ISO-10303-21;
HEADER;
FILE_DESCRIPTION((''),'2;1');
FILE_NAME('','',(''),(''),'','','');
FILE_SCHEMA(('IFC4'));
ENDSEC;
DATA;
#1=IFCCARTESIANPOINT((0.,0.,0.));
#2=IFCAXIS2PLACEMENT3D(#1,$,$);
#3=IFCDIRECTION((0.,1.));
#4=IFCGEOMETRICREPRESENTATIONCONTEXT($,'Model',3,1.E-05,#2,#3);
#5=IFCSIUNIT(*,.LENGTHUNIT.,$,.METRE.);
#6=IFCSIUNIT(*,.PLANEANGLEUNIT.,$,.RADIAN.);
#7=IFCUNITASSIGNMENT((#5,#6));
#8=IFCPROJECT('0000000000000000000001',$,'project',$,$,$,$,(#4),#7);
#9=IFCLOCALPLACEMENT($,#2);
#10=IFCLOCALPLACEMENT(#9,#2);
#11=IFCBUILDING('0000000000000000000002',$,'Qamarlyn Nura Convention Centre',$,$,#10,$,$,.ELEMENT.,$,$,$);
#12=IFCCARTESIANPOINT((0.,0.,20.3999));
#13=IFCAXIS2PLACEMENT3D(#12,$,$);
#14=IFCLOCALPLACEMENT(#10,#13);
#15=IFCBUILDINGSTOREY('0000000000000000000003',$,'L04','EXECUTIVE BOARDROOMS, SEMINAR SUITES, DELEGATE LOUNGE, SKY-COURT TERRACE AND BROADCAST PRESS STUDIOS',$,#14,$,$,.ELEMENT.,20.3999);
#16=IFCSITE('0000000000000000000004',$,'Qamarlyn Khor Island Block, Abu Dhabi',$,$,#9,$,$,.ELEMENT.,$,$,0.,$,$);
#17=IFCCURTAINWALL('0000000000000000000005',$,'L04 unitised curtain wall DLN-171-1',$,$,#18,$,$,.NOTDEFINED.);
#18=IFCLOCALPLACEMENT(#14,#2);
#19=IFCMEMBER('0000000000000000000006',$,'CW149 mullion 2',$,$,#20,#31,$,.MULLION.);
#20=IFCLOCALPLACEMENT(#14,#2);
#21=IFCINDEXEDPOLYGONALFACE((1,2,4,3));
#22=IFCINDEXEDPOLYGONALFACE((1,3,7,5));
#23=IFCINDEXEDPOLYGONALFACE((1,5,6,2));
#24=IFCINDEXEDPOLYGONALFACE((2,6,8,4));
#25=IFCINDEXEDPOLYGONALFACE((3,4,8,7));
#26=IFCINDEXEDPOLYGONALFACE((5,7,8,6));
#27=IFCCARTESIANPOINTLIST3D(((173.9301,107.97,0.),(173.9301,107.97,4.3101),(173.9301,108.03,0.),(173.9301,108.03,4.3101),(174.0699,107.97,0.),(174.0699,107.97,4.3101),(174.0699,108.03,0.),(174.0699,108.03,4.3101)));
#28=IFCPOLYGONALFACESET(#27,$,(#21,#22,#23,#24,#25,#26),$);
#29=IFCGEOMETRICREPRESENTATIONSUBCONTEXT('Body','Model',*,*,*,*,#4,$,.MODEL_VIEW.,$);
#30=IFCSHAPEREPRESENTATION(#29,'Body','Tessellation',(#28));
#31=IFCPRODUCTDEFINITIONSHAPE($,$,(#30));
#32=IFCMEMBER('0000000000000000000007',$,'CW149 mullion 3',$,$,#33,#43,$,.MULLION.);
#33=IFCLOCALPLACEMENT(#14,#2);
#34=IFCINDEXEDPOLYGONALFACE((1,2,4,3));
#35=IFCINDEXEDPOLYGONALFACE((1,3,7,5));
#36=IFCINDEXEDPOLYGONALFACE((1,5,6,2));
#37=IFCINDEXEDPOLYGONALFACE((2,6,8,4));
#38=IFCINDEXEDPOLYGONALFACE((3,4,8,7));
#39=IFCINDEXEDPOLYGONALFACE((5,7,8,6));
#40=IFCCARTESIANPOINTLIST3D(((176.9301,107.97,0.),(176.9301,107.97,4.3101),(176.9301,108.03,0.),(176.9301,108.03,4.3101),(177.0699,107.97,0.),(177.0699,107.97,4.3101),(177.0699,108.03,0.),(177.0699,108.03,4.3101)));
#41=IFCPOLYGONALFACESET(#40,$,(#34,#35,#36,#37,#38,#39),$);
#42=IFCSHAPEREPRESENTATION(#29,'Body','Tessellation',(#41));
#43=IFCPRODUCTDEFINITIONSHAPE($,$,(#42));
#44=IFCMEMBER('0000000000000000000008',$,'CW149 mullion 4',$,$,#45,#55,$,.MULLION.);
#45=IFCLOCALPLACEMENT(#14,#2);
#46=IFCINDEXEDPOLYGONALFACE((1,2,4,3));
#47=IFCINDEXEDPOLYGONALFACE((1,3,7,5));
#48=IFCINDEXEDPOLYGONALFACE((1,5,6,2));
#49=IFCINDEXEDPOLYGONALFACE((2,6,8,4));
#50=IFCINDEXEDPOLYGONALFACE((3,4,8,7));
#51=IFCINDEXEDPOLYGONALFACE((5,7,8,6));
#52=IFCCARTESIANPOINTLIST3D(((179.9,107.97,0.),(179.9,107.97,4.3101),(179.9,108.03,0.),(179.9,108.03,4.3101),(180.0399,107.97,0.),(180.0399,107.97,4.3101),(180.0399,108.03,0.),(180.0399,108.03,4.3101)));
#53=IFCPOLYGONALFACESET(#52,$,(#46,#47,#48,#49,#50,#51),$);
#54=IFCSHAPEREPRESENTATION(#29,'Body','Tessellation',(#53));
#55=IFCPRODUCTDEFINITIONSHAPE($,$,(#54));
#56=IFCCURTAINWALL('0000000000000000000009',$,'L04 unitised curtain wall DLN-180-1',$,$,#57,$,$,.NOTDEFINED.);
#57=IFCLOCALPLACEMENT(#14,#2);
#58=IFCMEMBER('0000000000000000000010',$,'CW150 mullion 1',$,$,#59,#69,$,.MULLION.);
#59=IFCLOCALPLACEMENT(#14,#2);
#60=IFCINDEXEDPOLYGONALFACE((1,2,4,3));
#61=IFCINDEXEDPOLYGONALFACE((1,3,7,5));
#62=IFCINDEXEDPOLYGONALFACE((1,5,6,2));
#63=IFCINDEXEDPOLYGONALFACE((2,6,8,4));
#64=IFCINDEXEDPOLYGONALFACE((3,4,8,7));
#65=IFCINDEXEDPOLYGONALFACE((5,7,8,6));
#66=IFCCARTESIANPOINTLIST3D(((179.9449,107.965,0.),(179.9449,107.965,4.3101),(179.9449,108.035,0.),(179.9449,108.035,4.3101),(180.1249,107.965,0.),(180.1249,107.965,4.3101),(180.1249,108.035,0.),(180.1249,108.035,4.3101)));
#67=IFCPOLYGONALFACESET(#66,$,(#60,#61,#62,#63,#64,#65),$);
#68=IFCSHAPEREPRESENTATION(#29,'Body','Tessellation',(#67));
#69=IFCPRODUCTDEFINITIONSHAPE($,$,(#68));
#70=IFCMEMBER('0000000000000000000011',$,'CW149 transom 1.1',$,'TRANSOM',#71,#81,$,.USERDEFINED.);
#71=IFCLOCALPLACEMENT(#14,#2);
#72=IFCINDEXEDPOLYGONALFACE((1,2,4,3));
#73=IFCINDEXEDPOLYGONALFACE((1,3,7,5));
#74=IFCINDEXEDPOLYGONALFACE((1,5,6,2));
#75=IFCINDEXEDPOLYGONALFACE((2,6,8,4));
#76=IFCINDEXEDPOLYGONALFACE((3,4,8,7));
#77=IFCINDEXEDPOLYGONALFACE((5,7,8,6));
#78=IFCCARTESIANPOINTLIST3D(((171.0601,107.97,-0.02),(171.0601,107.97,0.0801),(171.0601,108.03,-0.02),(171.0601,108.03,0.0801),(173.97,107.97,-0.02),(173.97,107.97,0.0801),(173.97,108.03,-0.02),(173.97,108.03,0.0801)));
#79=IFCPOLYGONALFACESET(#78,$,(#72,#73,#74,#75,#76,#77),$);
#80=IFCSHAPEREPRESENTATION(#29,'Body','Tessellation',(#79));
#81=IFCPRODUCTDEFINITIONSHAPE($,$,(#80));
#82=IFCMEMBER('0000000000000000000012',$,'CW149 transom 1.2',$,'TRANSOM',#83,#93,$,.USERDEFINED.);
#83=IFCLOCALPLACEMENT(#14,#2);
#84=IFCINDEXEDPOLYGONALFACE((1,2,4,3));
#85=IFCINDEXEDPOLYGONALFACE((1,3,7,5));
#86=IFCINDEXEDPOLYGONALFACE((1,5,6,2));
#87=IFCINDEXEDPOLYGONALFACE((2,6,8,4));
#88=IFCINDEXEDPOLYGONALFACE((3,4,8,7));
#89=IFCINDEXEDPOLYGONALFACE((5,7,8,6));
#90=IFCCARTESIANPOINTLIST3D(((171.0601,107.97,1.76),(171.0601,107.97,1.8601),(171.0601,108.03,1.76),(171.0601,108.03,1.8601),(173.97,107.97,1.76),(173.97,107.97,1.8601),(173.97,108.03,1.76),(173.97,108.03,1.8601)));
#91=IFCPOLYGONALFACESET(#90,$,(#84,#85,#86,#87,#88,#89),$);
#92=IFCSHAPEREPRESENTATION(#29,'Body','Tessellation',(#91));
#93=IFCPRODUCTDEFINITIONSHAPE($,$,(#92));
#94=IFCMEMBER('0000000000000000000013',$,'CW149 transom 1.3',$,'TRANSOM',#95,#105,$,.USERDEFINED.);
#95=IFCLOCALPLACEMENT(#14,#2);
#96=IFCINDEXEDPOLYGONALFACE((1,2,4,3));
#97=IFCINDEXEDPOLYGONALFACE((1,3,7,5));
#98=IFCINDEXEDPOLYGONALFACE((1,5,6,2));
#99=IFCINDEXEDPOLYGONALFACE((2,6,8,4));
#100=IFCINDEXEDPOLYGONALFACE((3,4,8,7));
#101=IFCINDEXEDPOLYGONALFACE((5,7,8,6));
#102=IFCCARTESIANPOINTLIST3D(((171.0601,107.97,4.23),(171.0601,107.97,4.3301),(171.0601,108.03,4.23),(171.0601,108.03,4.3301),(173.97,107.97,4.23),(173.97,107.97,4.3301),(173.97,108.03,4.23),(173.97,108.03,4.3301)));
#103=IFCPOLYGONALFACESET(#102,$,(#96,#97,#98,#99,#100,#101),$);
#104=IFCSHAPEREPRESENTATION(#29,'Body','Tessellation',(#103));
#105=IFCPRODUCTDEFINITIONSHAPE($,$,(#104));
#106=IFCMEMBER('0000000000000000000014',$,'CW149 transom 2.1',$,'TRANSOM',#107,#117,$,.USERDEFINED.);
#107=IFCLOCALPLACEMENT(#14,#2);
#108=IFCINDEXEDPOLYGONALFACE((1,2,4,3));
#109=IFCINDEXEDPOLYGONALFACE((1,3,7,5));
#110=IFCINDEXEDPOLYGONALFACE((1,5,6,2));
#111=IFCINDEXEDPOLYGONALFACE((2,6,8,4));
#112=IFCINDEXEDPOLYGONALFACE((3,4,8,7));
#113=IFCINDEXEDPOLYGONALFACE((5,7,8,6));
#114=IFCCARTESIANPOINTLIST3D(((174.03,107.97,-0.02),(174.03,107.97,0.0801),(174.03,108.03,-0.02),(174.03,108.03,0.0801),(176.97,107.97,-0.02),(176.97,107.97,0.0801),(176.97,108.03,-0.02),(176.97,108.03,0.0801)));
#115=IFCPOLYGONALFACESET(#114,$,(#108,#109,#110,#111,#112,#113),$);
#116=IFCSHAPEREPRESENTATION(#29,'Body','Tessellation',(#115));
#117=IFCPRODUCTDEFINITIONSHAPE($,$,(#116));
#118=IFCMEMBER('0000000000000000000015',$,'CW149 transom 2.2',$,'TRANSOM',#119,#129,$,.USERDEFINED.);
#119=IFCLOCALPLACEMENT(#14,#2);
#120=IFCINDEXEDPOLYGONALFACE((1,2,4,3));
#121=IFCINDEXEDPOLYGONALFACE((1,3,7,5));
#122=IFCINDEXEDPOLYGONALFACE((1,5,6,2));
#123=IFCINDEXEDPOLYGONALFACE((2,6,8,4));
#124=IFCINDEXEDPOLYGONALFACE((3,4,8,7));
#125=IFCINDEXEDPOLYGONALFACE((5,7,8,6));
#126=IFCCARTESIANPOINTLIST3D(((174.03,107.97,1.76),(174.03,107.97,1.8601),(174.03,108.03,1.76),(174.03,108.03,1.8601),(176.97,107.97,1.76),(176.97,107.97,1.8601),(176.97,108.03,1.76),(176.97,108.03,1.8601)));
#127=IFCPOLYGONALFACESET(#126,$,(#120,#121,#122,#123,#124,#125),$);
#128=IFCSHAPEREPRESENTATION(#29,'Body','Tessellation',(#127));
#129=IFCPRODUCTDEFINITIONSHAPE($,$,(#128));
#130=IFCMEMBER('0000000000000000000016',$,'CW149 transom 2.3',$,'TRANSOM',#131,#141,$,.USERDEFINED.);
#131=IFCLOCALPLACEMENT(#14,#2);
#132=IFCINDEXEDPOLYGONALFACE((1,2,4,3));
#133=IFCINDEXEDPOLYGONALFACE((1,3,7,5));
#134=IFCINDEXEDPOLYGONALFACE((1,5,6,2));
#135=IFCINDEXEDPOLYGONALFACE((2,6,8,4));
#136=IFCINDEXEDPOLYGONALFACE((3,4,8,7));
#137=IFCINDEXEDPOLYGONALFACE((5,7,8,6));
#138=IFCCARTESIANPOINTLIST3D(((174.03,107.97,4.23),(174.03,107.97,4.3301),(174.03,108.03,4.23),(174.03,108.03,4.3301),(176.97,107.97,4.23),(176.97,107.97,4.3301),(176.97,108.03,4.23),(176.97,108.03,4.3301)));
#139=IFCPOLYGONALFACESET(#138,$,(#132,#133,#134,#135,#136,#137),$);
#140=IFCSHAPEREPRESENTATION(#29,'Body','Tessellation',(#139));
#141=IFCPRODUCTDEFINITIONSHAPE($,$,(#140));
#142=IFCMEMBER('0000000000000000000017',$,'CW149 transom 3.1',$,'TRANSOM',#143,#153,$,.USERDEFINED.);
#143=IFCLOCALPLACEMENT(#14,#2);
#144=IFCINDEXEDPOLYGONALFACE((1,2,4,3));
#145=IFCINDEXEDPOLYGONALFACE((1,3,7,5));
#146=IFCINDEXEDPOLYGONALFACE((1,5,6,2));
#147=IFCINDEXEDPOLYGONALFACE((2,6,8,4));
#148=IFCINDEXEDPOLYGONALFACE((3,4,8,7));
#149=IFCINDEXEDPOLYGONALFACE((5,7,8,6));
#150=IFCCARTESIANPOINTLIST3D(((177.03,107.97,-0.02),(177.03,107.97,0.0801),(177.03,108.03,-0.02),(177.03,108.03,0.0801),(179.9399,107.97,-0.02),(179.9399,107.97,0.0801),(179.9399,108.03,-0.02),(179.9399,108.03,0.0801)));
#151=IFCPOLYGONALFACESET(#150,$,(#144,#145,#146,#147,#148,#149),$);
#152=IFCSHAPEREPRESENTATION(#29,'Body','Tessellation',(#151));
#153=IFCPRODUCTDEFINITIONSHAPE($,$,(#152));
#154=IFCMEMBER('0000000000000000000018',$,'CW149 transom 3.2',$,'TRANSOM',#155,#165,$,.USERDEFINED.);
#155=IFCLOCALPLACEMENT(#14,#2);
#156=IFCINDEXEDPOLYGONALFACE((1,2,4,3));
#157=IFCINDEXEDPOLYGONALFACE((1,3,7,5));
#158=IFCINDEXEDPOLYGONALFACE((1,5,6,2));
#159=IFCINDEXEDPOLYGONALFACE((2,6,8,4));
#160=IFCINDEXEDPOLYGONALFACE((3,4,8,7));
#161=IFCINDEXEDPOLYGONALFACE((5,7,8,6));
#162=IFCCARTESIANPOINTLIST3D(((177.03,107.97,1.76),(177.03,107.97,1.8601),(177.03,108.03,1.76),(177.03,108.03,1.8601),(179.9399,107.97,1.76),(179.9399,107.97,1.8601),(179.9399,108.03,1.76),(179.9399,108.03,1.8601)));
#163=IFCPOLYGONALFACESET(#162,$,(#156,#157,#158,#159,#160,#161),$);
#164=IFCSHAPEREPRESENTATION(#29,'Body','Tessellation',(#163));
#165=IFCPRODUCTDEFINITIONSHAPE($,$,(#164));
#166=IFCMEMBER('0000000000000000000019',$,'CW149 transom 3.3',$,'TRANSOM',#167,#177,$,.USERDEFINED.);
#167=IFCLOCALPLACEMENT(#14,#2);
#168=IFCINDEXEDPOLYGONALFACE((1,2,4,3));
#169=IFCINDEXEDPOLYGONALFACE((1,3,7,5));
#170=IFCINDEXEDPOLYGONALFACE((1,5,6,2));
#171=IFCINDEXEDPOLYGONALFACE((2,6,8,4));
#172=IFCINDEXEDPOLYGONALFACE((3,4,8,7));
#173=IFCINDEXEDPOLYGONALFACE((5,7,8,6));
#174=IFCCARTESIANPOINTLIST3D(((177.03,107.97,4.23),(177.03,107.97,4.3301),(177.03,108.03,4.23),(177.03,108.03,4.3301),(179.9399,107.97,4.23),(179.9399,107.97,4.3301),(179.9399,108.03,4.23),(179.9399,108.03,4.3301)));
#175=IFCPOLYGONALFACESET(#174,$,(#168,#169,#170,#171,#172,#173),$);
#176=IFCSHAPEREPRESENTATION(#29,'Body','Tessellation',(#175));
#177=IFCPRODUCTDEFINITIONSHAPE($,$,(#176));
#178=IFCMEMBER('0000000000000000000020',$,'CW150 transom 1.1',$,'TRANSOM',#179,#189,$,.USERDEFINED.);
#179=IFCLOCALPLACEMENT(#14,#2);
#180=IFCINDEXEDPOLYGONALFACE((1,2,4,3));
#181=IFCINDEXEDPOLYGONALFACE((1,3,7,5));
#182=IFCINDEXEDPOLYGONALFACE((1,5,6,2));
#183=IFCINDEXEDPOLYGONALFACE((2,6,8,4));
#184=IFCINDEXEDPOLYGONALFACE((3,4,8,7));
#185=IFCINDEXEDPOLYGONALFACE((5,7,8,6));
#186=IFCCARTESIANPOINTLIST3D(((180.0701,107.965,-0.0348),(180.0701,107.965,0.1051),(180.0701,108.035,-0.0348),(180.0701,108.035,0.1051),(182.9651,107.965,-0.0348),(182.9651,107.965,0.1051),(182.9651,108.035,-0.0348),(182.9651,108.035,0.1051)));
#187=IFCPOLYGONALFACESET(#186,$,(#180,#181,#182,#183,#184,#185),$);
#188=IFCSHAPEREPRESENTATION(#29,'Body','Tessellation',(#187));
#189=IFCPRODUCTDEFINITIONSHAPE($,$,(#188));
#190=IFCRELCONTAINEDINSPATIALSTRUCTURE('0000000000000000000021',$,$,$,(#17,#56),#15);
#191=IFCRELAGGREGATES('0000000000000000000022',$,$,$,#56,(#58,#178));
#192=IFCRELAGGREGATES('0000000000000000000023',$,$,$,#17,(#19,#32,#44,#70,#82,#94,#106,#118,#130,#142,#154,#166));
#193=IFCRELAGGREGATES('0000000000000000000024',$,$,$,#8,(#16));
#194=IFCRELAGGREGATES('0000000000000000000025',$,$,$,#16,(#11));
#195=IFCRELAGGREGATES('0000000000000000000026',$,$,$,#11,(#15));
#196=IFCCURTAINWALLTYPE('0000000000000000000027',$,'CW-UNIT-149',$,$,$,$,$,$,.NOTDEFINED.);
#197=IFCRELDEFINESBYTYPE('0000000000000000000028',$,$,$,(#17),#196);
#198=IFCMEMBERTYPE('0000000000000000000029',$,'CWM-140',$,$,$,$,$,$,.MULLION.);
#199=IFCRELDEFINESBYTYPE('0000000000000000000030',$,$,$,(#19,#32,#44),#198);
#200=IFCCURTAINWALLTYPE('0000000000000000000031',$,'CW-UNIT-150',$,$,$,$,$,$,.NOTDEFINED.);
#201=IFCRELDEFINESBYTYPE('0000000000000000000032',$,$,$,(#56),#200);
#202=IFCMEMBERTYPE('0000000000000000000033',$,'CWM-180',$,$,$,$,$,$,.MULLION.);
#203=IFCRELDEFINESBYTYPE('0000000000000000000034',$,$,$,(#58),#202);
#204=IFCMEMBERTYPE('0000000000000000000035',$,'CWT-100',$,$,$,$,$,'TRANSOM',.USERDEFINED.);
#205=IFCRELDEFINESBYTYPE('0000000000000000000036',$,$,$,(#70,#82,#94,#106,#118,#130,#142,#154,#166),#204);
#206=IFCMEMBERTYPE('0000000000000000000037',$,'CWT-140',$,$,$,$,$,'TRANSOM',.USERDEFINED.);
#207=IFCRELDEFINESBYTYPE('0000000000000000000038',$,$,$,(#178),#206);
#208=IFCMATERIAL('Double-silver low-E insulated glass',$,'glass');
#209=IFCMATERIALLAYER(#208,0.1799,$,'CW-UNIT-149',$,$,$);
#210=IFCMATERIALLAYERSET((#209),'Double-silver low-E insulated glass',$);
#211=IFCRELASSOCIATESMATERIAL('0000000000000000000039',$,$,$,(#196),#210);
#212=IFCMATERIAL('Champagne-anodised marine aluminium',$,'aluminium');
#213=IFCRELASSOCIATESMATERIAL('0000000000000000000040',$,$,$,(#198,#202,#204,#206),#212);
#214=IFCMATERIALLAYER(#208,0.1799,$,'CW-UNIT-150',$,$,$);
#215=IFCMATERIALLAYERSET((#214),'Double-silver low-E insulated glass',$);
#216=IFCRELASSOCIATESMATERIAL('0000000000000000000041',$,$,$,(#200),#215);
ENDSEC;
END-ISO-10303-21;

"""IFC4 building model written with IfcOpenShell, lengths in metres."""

from ifc_helpers import new_model, si_unit, direction, frame, origin, origin_2d, place, context, subcontext, project, spatial, rectangle, extrude, material, layer, layer_set, material_profile, profile_set, type_object, element, aggregate, save


model = new_model("IFC4")

# Units and contexts
model_context = context("Model", 3, precision=1e-05, world=origin(), true_north=direction((0.0, 1.0)))
body_context = subcontext(model_context, "Body", "Model", "MODEL_VIEW")
ifc_project = project(units=[si_unit("LENGTHUNIT", "METRE"), si_unit("PLANEANGLEUNIT", "RADIAN")], contexts=[model_context])

# Site, building, storey
site_placement = place(None, origin())
site = spatial("IfcSite", under=ifc_project, at=site_placement, Name="Qamarlyn Khor Island Block, Abu Dhabi", CompositionType="ELEMENT", RefElevation=0.0)
building_placement = place(site_placement, origin())
building = spatial("IfcBuilding", under=site, at=building_placement, Name="Qamarlyn Nura Convention Centre", CompositionType="ELEMENT")
storey_placement = place(building_placement, frame((0.0, 0.0, 20.3999)))
storey = spatial("IfcBuildingStorey", under=building, at=storey_placement, Name="L04", Description="EXECUTIVE BOARDROOMS, SEMINAR SUITES, DELEGATE LOUNGE, SKY-COURT TERRACE AND BROADCAST PRESS STUDIOS", CompositionType="ELEMENT", Elevation=20.3999)

# Curtain wall, members
ifc_material_1 = material(Name="Double-silver low-E insulated glass", Category="glass")
ifc_layer_1 = layer(ifc_material_1, 0.1799, Name="CW-UNIT-149")
ifc_layer_set_1 = layer_set([ifc_layer_1], Name="Double-silver low-E insulated glass")
curtain_wall_type_1 = type_object("IfcCurtainWallType", Name="CW-UNIT-149", PredefinedType="NOTDEFINED", material=ifc_layer_set_1)
curtain_wall_1_placement = place(storey_placement, origin())
curtain_wall_1 = element("IfcCurtainWall", 1, at=curtain_wall_1_placement, inside=storey, type_object=curtain_wall_type_1, Name="L04 unitised curtain wall DLN-171-1", PredefinedType="NOTDEFINED")
ifc_material_2 = material(Name="Champagne-anodised marine aluminium", Category="aluminium")
ifc_material_profile_1 = material_profile(ifc_material_2, rectangle(XDim=0.0601, YDim=0.1399, at=origin_2d()), Name="ALU MULLION 60x140")
ifc_profile_set_1 = profile_set([ifc_material_profile_1], Name="Champagne-anodised marine aluminium")
member_type_1 = type_object("IfcMemberType", Name="CWM-140", PredefinedType="MULLION", material=ifc_profile_set_1)
member_1_placement = place(storey_placement, frame((174.0, 108.0, 0.0), z_axis=(0.0, 0.0, 1.0), x_axis=(0.0, 1.0, 0.0)))
member_1 = element("IfcMember", 2, at=member_1_placement, type_object=member_type_1, Name="CW149 mullion 2", PredefinedType="MULLION", context=body_context, shape_type="SweptSolid", body=[
    extrude(rectangle(XDim=0.0601, YDim=0.1399, at=origin_2d()), origin(), (0.0, 0.0, 1.0), 4.3101),
])
member_2_placement = place(storey_placement, frame((177.0, 108.0, 0.0), z_axis=(0.0, 0.0, 1.0), x_axis=(0.0, 1.0, 0.0)))
member_2 = element("IfcMember", 3, at=member_2_placement, type_object=member_type_1, Name="CW149 mullion 3", PredefinedType="MULLION", context=body_context, shape_type="SweptSolid", body=[
    extrude(rectangle(XDim=0.0601, YDim=0.1399, at=origin_2d()), origin(), (0.0, 0.0, 1.0), 4.3101),
])
member_3_placement = place(storey_placement, frame((179.97, 108.0, 0.0), z_axis=(0.0, 0.0, 1.0), x_axis=(0.0, 1.0, 0.0)))
member_3 = element("IfcMember", 4, at=member_3_placement, type_object=member_type_1, Name="CW149 mullion 4", PredefinedType="MULLION", context=body_context, shape_type="SweptSolid", body=[
    extrude(rectangle(XDim=0.0601, YDim=0.1399, at=origin_2d()), origin(), (0.0, 0.0, 1.0), 4.3101),
])

# Curtain wall, member
ifc_layer_2 = layer(ifc_material_1, 0.1799, Name="CW-UNIT-150")
ifc_layer_set_2 = layer_set([ifc_layer_2], Name="Double-silver low-E insulated glass")
curtain_wall_type_2 = type_object("IfcCurtainWallType", Name="CW-UNIT-150", PredefinedType="NOTDEFINED", material=ifc_layer_set_2)
curtain_wall_2_placement = place(storey_placement, origin())
curtain_wall_2 = element("IfcCurtainWall", 5, at=curtain_wall_2_placement, inside=storey, type_object=curtain_wall_type_2, Name="L04 unitised curtain wall DLN-180-1", PredefinedType="NOTDEFINED")
ifc_material_profile_2 = material_profile(ifc_material_2, rectangle(XDim=0.0701, YDim=0.1799, at=origin_2d()), Name="ALU MULLION 70x180")
ifc_profile_set_2 = profile_set([ifc_material_profile_2], Name="Champagne-anodised marine aluminium")
member_type_2 = type_object("IfcMemberType", Name="CWM-180", PredefinedType="MULLION", material=ifc_profile_set_2)
member_4_placement = place(storey_placement, frame((180.0349, 108.0, 0.0), z_axis=(0.0, 0.0, 1.0), x_axis=(0.0, 1.0, 0.0)))
member_4 = element("IfcMember", 6, at=member_4_placement, type_object=member_type_2, Name="CW150 mullion 1", PredefinedType="MULLION", context=body_context, shape_type="SweptSolid", body=[
    extrude(rectangle(XDim=0.0701, YDim=0.1799, at=origin_2d()), origin(), (0.0, 0.0, 1.0), 4.3101),
])

# Members
ifc_material_profile_3 = material_profile(ifc_material_2, rectangle(XDim=0.0601, YDim=0.1001, at=origin_2d()), Name="ALU TRANSOM 60x100")
ifc_profile_set_3 = profile_set([ifc_material_profile_3], Name="Champagne-anodised marine aluminium")
member_type_3 = type_object("IfcMemberType", Name="CWT-100", ElementType="TRANSOM", PredefinedType="USERDEFINED", material=ifc_profile_set_3)
member_5_placement = place(storey_placement, frame((171.0601, 108.0, 0.03), z_axis=(1.0, 0.0, 0.0), x_axis=(0.0, 1.0, 0.0)))
member_5 = element("IfcMember", 7, at=member_5_placement, type_object=member_type_3, Name="CW149 transom 1.1", ObjectType="TRANSOM", PredefinedType="USERDEFINED", context=body_context, shape_type="SweptSolid", body=[
    extrude(rectangle(XDim=0.0601, YDim=0.1001, at=origin_2d()), origin(), (0.0, 0.0, 1.0), 2.9099),
])
member_6_placement = place(storey_placement, frame((171.0601, 108.0, 1.8101), z_axis=(1.0, 0.0, 0.0), x_axis=(0.0, 1.0, 0.0)))
member_6 = element("IfcMember", 8, at=member_6_placement, type_object=member_type_3, Name="CW149 transom 1.2", ObjectType="TRANSOM", PredefinedType="USERDEFINED", context=body_context, shape_type="SweptSolid", body=[
    extrude(rectangle(XDim=0.0601, YDim=0.1001, at=origin_2d()), origin(), (0.0, 0.0, 1.0), 2.9099),
])
member_7_placement = place(storey_placement, frame((171.0601, 108.0, 4.28), z_axis=(1.0, 0.0, 0.0), x_axis=(0.0, 1.0, 0.0)))
member_7 = element("IfcMember", 9, at=member_7_placement, type_object=member_type_3, Name="CW149 transom 1.3", ObjectType="TRANSOM", PredefinedType="USERDEFINED", context=body_context, shape_type="SweptSolid", body=[
    extrude(rectangle(XDim=0.0601, YDim=0.1001, at=origin_2d()), origin(), (0.0, 0.0, 1.0), 2.9099),
])
member_8_placement = place(storey_placement, frame((174.03, 108.0, 0.03), z_axis=(1.0, 0.0, 0.0), x_axis=(0.0, 1.0, 0.0)))
member_8 = element("IfcMember", 10, at=member_8_placement, type_object=member_type_3, Name="CW149 transom 2.1", ObjectType="TRANSOM", PredefinedType="USERDEFINED", context=body_context, shape_type="SweptSolid", body=[
    extrude(rectangle(XDim=0.0601, YDim=0.1001, at=origin_2d()), origin(), (0.0, 0.0, 1.0), 2.9399),
])
member_9_placement = place(storey_placement, frame((174.03, 108.0, 1.8101), z_axis=(1.0, 0.0, 0.0), x_axis=(0.0, 1.0, 0.0)))
member_9 = element("IfcMember", 11, at=member_9_placement, type_object=member_type_3, Name="CW149 transom 2.2", ObjectType="TRANSOM", PredefinedType="USERDEFINED", context=body_context, shape_type="SweptSolid", body=[
    extrude(rectangle(XDim=0.0601, YDim=0.1001, at=origin_2d()), origin(), (0.0, 0.0, 1.0), 2.9399),
])
member_10_placement = place(storey_placement, frame((174.03, 108.0, 4.28), z_axis=(1.0, 0.0, 0.0), x_axis=(0.0, 1.0, 0.0)))
member_10 = element("IfcMember", 12, at=member_10_placement, type_object=member_type_3, Name="CW149 transom 2.3", ObjectType="TRANSOM", PredefinedType="USERDEFINED", context=body_context, shape_type="SweptSolid", body=[
    extrude(rectangle(XDim=0.0601, YDim=0.1001, at=origin_2d()), origin(), (0.0, 0.0, 1.0), 2.9399),
])
member_11_placement = place(storey_placement, frame((177.03, 108.0, 0.03), z_axis=(1.0, 0.0, 0.0), x_axis=(0.0, 1.0, 0.0)))
member_11 = element("IfcMember", 13, at=member_11_placement, type_object=member_type_3, Name="CW149 transom 3.1", ObjectType="TRANSOM", PredefinedType="USERDEFINED", context=body_context, shape_type="SweptSolid", body=[
    extrude(rectangle(XDim=0.0601, YDim=0.1001, at=origin_2d()), origin(), (0.0, 0.0, 1.0), 2.9099),
])
member_12_placement = place(storey_placement, frame((177.03, 108.0, 1.8101), z_axis=(1.0, 0.0, 0.0), x_axis=(0.0, 1.0, 0.0)))
member_12 = element("IfcMember", 14, at=member_12_placement, type_object=member_type_3, Name="CW149 transom 3.2", ObjectType="TRANSOM", PredefinedType="USERDEFINED", context=body_context, shape_type="SweptSolid", body=[
    extrude(rectangle(XDim=0.0601, YDim=0.1001, at=origin_2d()), origin(), (0.0, 0.0, 1.0), 2.9099),
])
member_13_placement = place(storey_placement, frame((177.03, 108.0, 4.28), z_axis=(1.0, 0.0, 0.0), x_axis=(0.0, 1.0, 0.0)))
member_13 = element("IfcMember", 15, at=member_13_placement, type_object=member_type_3, Name="CW149 transom 3.3", ObjectType="TRANSOM", PredefinedType="USERDEFINED", context=body_context, shape_type="SweptSolid", body=[
    extrude(rectangle(XDim=0.0601, YDim=0.1001, at=origin_2d()), origin(), (0.0, 0.0, 1.0), 2.9099),
])
ifc_material_profile_4 = material_profile(ifc_material_2, rectangle(XDim=0.0701, YDim=0.1399, at=origin_2d()), Name="ALU TRANSOM 70x140")
ifc_profile_set_4 = profile_set([ifc_material_profile_4], Name="Champagne-anodised marine aluminium")
member_type_4 = type_object("IfcMemberType", Name="CWT-140", ElementType="TRANSOM", PredefinedType="USERDEFINED", material=ifc_profile_set_4)
member_14_placement = place(storey_placement, frame((180.0701, 108.0, 0.0352), z_axis=(1.0, 0.0, 0.0), x_axis=(0.0, 1.0, 0.0)))
member_14 = element("IfcMember", 16, at=member_14_placement, type_object=member_type_4, Name="CW150 transom 1.1", ObjectType="TRANSOM", PredefinedType="USERDEFINED", context=body_context, shape_type="SweptSolid", body=[
    extrude(rectangle(XDim=0.0701, YDim=0.1399, at=origin_2d()), origin(), (0.0, 0.0, 1.0), 2.895),
])

aggregate(curtain_wall_2, [member_4, member_14])
aggregate(curtain_wall_1, [member_1, member_2, member_3, member_5, member_6, member_7, member_8, member_9, member_10, member_11, member_12, member_13])

save(model, "model.ifc")
